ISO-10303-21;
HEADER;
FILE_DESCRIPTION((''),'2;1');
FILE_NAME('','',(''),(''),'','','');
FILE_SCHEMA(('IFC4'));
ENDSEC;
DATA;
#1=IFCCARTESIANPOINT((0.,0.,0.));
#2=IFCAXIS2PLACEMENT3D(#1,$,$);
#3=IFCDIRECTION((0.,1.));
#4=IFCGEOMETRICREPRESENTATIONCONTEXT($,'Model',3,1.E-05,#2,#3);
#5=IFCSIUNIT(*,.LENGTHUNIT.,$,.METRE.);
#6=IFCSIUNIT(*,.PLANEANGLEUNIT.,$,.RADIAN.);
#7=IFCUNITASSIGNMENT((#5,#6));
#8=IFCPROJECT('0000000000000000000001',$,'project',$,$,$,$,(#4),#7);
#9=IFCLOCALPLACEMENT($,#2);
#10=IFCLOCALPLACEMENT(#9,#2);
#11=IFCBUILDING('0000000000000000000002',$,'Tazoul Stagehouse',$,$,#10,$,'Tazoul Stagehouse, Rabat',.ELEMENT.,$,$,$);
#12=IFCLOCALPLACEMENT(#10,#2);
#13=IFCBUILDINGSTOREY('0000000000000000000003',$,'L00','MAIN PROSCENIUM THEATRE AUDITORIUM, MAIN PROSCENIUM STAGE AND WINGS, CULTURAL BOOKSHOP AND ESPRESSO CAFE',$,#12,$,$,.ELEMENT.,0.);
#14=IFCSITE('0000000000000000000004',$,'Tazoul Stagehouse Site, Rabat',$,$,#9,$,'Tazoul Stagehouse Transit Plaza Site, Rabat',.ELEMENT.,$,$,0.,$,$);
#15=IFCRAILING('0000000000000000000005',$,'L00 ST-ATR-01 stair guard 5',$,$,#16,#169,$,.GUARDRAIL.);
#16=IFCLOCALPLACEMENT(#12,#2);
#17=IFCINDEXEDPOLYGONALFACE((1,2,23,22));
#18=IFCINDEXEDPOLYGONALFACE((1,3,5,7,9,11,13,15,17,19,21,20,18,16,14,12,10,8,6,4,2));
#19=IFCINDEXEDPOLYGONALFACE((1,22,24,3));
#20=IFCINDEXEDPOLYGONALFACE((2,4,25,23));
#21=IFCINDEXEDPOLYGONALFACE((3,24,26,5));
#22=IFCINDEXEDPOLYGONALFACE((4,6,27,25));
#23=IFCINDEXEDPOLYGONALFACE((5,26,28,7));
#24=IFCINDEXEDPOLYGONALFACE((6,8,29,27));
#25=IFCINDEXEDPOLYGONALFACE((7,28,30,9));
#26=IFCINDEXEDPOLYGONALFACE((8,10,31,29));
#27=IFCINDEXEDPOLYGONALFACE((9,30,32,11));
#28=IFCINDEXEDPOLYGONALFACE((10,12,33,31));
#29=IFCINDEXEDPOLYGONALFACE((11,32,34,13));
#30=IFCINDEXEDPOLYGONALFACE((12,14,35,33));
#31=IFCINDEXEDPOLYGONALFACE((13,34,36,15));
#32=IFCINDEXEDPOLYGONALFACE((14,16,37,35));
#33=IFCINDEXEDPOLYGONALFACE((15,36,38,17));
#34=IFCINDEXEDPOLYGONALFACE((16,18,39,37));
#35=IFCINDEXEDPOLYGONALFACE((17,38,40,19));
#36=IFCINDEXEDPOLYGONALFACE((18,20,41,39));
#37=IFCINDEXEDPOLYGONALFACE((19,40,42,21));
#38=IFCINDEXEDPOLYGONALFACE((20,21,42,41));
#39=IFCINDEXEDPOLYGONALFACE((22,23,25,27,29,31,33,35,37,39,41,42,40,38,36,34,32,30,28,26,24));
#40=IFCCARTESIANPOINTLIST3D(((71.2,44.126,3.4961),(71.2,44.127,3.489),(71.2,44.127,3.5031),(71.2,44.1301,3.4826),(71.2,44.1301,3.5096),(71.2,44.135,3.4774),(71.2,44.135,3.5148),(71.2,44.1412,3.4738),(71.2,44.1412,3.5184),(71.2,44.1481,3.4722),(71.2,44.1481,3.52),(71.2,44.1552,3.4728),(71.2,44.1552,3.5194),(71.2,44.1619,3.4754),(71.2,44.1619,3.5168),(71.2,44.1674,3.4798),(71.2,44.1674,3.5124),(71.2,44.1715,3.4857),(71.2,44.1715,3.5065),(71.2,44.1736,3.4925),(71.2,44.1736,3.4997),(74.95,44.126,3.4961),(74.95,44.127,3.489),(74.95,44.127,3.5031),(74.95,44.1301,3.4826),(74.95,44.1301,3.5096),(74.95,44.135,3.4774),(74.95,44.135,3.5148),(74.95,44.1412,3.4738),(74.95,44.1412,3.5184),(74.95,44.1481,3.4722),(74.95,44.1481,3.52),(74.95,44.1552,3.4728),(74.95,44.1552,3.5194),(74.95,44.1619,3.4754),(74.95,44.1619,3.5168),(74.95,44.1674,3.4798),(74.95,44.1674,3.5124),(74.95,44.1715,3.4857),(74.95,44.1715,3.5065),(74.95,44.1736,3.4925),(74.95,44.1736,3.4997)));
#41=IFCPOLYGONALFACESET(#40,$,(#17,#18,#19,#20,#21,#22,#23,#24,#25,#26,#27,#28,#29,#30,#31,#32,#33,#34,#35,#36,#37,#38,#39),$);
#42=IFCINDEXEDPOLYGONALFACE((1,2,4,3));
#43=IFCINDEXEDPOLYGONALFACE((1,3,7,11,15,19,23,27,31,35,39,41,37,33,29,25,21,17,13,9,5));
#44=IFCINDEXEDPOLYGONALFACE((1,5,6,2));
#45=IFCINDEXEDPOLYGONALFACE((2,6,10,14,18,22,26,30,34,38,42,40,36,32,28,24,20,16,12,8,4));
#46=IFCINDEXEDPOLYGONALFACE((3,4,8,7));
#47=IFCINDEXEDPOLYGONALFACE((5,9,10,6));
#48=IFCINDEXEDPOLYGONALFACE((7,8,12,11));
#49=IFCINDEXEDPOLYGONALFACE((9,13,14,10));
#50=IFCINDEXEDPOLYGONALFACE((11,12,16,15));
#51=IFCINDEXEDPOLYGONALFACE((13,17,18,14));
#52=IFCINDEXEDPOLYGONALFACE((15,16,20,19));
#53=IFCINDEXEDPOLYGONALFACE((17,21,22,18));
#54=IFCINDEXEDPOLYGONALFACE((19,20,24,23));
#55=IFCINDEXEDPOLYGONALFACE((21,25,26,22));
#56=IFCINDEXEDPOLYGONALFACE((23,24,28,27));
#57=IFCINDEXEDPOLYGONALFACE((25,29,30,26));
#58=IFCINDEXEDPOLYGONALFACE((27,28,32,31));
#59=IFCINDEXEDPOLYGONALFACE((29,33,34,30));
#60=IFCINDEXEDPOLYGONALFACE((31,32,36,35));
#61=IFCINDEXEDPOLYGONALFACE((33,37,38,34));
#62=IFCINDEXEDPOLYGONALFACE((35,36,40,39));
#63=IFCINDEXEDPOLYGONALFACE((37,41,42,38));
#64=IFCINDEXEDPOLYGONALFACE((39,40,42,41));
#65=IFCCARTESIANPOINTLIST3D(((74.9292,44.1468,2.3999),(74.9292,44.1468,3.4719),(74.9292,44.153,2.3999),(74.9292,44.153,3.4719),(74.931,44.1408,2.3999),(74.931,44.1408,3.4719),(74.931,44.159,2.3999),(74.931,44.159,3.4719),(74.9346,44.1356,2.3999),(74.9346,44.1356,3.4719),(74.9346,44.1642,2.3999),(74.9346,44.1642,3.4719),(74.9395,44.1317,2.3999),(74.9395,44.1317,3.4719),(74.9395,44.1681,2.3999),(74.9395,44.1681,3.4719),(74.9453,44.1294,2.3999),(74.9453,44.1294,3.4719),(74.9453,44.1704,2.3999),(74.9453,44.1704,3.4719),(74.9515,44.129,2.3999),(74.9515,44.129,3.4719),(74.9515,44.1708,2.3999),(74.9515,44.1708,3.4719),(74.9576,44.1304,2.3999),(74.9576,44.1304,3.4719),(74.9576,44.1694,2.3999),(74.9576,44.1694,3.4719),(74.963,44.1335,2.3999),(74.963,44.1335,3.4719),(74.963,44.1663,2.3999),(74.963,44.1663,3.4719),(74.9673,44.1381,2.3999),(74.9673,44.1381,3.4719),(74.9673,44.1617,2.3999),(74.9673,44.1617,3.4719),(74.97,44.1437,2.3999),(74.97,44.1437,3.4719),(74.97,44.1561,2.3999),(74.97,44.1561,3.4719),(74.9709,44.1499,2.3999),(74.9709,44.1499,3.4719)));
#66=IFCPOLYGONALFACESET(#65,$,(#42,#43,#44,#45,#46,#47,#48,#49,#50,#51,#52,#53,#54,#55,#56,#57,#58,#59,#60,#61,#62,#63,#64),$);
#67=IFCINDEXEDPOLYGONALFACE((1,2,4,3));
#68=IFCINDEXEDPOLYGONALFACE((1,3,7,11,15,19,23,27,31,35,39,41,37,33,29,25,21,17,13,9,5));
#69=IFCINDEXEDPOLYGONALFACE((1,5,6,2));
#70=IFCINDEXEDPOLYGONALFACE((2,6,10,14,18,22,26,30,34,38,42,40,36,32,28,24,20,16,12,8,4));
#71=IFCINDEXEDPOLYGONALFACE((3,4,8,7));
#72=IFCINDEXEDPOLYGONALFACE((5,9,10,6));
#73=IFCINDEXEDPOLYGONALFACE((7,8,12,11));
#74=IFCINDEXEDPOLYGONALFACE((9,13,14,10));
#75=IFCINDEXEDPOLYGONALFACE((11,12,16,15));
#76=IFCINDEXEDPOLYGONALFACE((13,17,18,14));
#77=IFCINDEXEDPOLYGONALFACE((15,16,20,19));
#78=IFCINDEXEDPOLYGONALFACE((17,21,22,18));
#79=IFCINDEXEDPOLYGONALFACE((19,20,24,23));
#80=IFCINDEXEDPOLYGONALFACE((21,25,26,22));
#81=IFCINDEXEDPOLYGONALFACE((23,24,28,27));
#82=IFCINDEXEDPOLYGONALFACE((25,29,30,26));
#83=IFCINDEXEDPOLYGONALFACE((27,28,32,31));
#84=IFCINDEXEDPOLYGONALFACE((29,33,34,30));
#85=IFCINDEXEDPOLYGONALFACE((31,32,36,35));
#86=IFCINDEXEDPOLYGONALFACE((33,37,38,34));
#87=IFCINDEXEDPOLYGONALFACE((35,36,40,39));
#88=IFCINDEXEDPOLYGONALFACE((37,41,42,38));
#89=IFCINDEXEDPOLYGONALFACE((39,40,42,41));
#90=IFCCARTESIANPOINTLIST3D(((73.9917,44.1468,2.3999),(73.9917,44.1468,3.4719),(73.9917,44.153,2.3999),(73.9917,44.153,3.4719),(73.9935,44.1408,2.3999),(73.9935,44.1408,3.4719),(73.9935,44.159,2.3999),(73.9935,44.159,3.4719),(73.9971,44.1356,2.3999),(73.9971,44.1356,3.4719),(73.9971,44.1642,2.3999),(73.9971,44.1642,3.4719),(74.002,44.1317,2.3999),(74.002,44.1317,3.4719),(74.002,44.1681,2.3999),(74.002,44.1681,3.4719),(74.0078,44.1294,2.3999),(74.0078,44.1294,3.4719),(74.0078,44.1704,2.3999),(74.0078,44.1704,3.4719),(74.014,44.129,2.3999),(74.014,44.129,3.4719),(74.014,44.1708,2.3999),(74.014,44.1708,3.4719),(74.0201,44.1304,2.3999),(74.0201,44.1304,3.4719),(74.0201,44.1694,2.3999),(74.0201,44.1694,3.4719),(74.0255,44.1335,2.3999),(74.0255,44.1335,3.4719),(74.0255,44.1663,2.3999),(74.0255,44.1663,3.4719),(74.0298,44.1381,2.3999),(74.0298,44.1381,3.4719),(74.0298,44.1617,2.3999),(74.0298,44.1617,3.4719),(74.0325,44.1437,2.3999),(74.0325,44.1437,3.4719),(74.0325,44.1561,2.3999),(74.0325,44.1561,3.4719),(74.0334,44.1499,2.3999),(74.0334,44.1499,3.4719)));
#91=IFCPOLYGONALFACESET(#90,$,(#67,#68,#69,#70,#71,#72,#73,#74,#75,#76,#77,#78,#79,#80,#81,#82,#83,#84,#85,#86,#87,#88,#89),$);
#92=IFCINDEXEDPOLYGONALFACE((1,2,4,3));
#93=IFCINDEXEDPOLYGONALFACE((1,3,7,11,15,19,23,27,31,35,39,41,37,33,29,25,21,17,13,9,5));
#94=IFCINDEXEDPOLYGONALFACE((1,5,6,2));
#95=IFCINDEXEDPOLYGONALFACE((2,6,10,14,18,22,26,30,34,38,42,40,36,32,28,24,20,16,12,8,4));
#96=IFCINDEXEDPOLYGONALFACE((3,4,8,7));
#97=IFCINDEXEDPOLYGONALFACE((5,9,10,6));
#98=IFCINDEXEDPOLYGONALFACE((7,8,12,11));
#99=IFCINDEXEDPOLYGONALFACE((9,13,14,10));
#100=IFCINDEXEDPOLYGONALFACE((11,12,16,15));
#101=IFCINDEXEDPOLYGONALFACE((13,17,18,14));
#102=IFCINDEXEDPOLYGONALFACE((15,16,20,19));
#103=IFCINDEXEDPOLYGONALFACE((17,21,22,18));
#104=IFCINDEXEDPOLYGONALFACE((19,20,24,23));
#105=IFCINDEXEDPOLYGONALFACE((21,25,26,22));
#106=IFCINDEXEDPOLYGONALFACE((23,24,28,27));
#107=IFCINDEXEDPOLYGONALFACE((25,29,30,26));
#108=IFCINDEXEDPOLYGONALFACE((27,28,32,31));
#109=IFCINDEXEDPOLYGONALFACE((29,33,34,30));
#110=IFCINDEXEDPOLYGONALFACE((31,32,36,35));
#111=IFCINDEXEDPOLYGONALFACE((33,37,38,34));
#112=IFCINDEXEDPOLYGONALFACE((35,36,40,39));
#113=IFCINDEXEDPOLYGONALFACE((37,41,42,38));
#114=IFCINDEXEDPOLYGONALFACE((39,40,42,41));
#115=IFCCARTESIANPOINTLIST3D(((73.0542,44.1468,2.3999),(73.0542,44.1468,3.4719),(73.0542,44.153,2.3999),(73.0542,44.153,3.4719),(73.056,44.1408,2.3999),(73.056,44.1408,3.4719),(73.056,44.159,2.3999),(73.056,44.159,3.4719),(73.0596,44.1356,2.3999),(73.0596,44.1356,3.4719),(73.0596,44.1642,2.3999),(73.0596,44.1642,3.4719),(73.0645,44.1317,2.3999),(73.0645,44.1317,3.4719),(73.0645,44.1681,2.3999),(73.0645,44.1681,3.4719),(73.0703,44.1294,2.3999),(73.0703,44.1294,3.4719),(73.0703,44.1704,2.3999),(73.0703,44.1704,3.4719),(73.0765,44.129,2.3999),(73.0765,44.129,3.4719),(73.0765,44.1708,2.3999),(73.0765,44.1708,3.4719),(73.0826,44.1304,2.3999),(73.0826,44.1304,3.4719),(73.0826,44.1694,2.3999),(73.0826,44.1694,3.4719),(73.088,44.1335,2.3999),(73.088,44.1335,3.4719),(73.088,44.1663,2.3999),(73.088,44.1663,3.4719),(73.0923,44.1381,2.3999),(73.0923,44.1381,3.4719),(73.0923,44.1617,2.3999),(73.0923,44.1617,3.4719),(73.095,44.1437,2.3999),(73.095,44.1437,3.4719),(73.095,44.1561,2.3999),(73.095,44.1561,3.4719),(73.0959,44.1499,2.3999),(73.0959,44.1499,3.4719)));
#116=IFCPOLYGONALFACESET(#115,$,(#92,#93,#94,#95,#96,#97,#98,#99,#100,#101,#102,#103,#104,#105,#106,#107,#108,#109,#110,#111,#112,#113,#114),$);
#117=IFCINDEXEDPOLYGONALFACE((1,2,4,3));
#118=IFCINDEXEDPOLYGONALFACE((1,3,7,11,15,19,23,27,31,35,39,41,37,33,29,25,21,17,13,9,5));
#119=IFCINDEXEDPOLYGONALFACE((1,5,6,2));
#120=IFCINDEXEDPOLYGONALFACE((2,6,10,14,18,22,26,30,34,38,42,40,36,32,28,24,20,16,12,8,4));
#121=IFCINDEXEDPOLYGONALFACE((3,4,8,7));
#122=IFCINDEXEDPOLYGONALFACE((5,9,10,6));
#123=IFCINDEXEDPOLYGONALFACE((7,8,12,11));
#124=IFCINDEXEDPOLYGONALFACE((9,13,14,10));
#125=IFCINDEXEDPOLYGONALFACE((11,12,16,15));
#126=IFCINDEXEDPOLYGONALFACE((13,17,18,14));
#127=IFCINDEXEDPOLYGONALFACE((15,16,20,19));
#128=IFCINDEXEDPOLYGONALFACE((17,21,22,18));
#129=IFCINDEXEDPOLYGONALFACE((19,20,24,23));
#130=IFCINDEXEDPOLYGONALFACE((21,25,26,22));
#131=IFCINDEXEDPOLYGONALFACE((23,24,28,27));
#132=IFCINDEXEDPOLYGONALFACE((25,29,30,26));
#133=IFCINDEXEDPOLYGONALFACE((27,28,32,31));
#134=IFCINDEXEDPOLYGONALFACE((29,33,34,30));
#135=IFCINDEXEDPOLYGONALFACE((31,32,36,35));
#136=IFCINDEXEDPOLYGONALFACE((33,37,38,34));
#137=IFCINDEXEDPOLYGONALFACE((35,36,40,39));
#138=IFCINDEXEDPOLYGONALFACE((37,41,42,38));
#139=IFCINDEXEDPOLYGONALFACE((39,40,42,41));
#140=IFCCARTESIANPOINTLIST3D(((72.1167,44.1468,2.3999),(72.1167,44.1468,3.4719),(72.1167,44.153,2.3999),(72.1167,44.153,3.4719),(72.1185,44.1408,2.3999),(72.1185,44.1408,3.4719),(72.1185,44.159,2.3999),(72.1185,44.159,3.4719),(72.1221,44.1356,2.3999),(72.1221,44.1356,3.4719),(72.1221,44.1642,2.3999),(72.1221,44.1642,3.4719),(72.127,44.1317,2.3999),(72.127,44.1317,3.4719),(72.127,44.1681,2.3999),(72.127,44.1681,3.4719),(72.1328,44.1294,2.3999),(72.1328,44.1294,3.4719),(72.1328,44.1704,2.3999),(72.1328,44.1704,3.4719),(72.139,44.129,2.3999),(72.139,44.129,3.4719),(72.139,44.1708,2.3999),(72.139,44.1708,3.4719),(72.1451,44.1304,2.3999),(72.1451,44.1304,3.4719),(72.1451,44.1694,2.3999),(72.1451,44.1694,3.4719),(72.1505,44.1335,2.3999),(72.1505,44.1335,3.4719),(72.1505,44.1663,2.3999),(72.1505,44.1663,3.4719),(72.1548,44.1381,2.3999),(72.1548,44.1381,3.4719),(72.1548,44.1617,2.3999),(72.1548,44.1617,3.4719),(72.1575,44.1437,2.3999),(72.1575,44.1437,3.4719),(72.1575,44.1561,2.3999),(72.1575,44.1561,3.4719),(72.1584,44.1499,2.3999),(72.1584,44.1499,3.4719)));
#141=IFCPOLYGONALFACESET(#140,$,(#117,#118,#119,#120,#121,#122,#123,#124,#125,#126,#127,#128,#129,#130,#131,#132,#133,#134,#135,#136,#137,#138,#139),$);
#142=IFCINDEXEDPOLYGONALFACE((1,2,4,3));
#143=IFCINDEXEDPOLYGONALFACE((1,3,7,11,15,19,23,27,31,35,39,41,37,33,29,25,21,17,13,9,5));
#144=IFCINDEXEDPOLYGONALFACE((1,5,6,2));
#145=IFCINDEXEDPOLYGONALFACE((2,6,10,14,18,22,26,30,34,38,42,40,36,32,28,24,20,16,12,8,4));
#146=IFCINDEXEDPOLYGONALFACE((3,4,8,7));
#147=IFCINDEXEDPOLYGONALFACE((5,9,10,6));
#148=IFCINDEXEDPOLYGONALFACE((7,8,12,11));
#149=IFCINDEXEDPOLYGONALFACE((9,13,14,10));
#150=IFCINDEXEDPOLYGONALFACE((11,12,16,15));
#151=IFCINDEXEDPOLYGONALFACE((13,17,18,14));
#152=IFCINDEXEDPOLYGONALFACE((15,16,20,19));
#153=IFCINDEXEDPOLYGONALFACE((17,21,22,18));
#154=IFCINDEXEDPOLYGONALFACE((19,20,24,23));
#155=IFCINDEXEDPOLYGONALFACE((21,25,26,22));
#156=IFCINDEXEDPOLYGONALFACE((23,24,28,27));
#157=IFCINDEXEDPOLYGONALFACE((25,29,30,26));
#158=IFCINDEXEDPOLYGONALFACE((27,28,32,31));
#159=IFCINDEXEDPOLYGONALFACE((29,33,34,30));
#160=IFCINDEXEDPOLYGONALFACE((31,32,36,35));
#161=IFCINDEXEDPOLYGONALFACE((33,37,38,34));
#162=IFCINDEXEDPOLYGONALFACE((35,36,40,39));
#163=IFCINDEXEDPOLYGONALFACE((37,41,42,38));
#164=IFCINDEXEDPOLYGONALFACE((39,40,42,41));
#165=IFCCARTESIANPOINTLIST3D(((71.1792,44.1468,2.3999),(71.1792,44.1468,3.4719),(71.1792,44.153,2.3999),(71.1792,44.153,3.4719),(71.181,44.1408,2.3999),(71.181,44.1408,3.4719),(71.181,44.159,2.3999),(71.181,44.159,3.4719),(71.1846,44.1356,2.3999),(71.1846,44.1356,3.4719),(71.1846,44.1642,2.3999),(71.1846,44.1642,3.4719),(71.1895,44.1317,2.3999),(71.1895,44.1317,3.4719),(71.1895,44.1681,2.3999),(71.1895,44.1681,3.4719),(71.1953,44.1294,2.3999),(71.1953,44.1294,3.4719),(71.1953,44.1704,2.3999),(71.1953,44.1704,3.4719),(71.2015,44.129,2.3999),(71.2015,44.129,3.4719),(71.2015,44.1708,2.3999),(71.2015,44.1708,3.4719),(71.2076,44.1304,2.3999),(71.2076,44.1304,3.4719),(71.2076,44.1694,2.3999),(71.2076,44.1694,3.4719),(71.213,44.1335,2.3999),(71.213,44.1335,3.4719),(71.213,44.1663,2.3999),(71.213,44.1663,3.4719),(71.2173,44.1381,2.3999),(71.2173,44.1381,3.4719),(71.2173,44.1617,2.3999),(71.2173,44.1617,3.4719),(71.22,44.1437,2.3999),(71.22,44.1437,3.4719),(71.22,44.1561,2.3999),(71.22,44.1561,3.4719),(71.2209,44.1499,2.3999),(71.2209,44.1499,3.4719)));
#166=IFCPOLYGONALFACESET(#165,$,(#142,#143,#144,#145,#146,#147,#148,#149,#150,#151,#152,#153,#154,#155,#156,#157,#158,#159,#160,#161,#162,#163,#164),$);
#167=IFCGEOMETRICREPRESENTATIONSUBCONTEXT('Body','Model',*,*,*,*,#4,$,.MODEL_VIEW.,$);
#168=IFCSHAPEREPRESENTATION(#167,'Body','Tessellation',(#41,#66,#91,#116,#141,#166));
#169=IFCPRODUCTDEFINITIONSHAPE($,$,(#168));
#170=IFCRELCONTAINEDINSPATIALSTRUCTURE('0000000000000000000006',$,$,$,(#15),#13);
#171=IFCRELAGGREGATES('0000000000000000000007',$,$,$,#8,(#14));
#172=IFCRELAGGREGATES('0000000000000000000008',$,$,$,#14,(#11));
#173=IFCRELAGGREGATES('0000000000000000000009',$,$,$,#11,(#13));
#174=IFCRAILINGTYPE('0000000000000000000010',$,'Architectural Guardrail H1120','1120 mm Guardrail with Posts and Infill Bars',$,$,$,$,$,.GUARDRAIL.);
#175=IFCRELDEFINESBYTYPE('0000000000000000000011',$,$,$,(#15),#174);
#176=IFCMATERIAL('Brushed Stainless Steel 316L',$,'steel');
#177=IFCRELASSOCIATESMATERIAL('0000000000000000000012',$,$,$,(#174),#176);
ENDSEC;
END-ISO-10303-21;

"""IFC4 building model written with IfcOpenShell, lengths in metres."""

from ifc_helpers import new_model, si_unit, direction, frame, origin, origin_2d, place, context, subcontext, project, spatial, circle, extrude, material, material_profile, profile_set, type_object, element, save


model = new_model("IFC4")

# Units and contexts
model_context = context("Model", 3, precision=1e-05, world=origin(), true_north=direction((0.0, 1.0)))
body_context = subcontext(model_context, "Body", "Model", "MODEL_VIEW")
ifc_project = project(units=[si_unit("LENGTHUNIT", "METRE"), si_unit("PLANEANGLEUNIT", "RADIAN")], contexts=[model_context])

# Site, building, storey
site_placement = place(None, origin())
site = spatial("IfcSite", under=ifc_project, at=site_placement, Name="Tazoul Stagehouse Site, Rabat", LongName="Tazoul Stagehouse Transit Plaza Site, Rabat", CompositionType="ELEMENT", RefElevation=0.0)
building_placement = place(site_placement, origin())
building = spatial("IfcBuilding", under=site, at=building_placement, Name="Tazoul Stagehouse", LongName="Tazoul Stagehouse, Rabat", CompositionType="ELEMENT")
storey_placement = place(building_placement, origin())
storey = spatial("IfcBuildingStorey", under=building, at=storey_placement, Name="L00", Description="MAIN PROSCENIUM THEATRE AUDITORIUM, MAIN PROSCENIUM STAGE AND WINGS, CULTURAL BOOKSHOP AND ESPRESSO CAFE", CompositionType="ELEMENT", Elevation=0.0)

# Railing
ifc_material_1 = material(Name="Brushed Stainless Steel 316L", Category="steel")
ifc_material_profile_1 = material_profile(ifc_material_1, circle(Radius=0.0239, at=origin_2d()), Name="SS RAIL D48")
ifc_profile_set_1 = profile_set([ifc_material_profile_1], Name="Brushed Stainless Steel 316L")
railing_type_1 = type_object("IfcRailingType", Name="Architectural Guardrail H1120", Description="1120 mm Guardrail with Posts and Infill Bars", PredefinedType="GUARDRAIL", material=ifc_profile_set_1)
railing_1_placement = place(storey_placement, frame((74.95, 44.1499, 2.3999)))
element("IfcRailing", 1, at=railing_1_placement, inside=storey, type_object=railing_type_1, Name="L00 ST-ATR-01 stair guard 5", PredefinedType="GUARDRAIL", context=body_context, shape_type="SweptSolid", body=[
    extrude(circle(Radius=0.0239, at=origin_2d()), frame((0.0, 0.0, 1.0962), z_axis=(-1.0, 0.0, 0.0), x_axis=(0.0, -1.0, 0.0)), (0.0, 0.0, 1.0), 3.75),
    extrude(circle(Radius=0.021, at=origin_2d()), origin(), (0.0, 0.0, 1.0), 1.072),
    extrude(circle(Radius=0.021, at=origin_2d()), frame((-0.9375, 0.0, 0.0)), (0.0, 0.0, 1.0), 1.072),
    extrude(circle(Radius=0.021, at=origin_2d()), frame((-1.875, 0.0, 0.0)), (0.0, 0.0, 1.0), 1.072),
    extrude(circle(Radius=0.021, at=origin_2d()), frame((-2.8125, 0.0, 0.0)), (0.0, 0.0, 1.0), 1.072),
    extrude(circle(Radius=0.021, at=origin_2d()), frame((-3.75, 0.0, 0.0)), (0.0, 0.0, 1.0), 1.072),
])

save(model, "model.ifc")
